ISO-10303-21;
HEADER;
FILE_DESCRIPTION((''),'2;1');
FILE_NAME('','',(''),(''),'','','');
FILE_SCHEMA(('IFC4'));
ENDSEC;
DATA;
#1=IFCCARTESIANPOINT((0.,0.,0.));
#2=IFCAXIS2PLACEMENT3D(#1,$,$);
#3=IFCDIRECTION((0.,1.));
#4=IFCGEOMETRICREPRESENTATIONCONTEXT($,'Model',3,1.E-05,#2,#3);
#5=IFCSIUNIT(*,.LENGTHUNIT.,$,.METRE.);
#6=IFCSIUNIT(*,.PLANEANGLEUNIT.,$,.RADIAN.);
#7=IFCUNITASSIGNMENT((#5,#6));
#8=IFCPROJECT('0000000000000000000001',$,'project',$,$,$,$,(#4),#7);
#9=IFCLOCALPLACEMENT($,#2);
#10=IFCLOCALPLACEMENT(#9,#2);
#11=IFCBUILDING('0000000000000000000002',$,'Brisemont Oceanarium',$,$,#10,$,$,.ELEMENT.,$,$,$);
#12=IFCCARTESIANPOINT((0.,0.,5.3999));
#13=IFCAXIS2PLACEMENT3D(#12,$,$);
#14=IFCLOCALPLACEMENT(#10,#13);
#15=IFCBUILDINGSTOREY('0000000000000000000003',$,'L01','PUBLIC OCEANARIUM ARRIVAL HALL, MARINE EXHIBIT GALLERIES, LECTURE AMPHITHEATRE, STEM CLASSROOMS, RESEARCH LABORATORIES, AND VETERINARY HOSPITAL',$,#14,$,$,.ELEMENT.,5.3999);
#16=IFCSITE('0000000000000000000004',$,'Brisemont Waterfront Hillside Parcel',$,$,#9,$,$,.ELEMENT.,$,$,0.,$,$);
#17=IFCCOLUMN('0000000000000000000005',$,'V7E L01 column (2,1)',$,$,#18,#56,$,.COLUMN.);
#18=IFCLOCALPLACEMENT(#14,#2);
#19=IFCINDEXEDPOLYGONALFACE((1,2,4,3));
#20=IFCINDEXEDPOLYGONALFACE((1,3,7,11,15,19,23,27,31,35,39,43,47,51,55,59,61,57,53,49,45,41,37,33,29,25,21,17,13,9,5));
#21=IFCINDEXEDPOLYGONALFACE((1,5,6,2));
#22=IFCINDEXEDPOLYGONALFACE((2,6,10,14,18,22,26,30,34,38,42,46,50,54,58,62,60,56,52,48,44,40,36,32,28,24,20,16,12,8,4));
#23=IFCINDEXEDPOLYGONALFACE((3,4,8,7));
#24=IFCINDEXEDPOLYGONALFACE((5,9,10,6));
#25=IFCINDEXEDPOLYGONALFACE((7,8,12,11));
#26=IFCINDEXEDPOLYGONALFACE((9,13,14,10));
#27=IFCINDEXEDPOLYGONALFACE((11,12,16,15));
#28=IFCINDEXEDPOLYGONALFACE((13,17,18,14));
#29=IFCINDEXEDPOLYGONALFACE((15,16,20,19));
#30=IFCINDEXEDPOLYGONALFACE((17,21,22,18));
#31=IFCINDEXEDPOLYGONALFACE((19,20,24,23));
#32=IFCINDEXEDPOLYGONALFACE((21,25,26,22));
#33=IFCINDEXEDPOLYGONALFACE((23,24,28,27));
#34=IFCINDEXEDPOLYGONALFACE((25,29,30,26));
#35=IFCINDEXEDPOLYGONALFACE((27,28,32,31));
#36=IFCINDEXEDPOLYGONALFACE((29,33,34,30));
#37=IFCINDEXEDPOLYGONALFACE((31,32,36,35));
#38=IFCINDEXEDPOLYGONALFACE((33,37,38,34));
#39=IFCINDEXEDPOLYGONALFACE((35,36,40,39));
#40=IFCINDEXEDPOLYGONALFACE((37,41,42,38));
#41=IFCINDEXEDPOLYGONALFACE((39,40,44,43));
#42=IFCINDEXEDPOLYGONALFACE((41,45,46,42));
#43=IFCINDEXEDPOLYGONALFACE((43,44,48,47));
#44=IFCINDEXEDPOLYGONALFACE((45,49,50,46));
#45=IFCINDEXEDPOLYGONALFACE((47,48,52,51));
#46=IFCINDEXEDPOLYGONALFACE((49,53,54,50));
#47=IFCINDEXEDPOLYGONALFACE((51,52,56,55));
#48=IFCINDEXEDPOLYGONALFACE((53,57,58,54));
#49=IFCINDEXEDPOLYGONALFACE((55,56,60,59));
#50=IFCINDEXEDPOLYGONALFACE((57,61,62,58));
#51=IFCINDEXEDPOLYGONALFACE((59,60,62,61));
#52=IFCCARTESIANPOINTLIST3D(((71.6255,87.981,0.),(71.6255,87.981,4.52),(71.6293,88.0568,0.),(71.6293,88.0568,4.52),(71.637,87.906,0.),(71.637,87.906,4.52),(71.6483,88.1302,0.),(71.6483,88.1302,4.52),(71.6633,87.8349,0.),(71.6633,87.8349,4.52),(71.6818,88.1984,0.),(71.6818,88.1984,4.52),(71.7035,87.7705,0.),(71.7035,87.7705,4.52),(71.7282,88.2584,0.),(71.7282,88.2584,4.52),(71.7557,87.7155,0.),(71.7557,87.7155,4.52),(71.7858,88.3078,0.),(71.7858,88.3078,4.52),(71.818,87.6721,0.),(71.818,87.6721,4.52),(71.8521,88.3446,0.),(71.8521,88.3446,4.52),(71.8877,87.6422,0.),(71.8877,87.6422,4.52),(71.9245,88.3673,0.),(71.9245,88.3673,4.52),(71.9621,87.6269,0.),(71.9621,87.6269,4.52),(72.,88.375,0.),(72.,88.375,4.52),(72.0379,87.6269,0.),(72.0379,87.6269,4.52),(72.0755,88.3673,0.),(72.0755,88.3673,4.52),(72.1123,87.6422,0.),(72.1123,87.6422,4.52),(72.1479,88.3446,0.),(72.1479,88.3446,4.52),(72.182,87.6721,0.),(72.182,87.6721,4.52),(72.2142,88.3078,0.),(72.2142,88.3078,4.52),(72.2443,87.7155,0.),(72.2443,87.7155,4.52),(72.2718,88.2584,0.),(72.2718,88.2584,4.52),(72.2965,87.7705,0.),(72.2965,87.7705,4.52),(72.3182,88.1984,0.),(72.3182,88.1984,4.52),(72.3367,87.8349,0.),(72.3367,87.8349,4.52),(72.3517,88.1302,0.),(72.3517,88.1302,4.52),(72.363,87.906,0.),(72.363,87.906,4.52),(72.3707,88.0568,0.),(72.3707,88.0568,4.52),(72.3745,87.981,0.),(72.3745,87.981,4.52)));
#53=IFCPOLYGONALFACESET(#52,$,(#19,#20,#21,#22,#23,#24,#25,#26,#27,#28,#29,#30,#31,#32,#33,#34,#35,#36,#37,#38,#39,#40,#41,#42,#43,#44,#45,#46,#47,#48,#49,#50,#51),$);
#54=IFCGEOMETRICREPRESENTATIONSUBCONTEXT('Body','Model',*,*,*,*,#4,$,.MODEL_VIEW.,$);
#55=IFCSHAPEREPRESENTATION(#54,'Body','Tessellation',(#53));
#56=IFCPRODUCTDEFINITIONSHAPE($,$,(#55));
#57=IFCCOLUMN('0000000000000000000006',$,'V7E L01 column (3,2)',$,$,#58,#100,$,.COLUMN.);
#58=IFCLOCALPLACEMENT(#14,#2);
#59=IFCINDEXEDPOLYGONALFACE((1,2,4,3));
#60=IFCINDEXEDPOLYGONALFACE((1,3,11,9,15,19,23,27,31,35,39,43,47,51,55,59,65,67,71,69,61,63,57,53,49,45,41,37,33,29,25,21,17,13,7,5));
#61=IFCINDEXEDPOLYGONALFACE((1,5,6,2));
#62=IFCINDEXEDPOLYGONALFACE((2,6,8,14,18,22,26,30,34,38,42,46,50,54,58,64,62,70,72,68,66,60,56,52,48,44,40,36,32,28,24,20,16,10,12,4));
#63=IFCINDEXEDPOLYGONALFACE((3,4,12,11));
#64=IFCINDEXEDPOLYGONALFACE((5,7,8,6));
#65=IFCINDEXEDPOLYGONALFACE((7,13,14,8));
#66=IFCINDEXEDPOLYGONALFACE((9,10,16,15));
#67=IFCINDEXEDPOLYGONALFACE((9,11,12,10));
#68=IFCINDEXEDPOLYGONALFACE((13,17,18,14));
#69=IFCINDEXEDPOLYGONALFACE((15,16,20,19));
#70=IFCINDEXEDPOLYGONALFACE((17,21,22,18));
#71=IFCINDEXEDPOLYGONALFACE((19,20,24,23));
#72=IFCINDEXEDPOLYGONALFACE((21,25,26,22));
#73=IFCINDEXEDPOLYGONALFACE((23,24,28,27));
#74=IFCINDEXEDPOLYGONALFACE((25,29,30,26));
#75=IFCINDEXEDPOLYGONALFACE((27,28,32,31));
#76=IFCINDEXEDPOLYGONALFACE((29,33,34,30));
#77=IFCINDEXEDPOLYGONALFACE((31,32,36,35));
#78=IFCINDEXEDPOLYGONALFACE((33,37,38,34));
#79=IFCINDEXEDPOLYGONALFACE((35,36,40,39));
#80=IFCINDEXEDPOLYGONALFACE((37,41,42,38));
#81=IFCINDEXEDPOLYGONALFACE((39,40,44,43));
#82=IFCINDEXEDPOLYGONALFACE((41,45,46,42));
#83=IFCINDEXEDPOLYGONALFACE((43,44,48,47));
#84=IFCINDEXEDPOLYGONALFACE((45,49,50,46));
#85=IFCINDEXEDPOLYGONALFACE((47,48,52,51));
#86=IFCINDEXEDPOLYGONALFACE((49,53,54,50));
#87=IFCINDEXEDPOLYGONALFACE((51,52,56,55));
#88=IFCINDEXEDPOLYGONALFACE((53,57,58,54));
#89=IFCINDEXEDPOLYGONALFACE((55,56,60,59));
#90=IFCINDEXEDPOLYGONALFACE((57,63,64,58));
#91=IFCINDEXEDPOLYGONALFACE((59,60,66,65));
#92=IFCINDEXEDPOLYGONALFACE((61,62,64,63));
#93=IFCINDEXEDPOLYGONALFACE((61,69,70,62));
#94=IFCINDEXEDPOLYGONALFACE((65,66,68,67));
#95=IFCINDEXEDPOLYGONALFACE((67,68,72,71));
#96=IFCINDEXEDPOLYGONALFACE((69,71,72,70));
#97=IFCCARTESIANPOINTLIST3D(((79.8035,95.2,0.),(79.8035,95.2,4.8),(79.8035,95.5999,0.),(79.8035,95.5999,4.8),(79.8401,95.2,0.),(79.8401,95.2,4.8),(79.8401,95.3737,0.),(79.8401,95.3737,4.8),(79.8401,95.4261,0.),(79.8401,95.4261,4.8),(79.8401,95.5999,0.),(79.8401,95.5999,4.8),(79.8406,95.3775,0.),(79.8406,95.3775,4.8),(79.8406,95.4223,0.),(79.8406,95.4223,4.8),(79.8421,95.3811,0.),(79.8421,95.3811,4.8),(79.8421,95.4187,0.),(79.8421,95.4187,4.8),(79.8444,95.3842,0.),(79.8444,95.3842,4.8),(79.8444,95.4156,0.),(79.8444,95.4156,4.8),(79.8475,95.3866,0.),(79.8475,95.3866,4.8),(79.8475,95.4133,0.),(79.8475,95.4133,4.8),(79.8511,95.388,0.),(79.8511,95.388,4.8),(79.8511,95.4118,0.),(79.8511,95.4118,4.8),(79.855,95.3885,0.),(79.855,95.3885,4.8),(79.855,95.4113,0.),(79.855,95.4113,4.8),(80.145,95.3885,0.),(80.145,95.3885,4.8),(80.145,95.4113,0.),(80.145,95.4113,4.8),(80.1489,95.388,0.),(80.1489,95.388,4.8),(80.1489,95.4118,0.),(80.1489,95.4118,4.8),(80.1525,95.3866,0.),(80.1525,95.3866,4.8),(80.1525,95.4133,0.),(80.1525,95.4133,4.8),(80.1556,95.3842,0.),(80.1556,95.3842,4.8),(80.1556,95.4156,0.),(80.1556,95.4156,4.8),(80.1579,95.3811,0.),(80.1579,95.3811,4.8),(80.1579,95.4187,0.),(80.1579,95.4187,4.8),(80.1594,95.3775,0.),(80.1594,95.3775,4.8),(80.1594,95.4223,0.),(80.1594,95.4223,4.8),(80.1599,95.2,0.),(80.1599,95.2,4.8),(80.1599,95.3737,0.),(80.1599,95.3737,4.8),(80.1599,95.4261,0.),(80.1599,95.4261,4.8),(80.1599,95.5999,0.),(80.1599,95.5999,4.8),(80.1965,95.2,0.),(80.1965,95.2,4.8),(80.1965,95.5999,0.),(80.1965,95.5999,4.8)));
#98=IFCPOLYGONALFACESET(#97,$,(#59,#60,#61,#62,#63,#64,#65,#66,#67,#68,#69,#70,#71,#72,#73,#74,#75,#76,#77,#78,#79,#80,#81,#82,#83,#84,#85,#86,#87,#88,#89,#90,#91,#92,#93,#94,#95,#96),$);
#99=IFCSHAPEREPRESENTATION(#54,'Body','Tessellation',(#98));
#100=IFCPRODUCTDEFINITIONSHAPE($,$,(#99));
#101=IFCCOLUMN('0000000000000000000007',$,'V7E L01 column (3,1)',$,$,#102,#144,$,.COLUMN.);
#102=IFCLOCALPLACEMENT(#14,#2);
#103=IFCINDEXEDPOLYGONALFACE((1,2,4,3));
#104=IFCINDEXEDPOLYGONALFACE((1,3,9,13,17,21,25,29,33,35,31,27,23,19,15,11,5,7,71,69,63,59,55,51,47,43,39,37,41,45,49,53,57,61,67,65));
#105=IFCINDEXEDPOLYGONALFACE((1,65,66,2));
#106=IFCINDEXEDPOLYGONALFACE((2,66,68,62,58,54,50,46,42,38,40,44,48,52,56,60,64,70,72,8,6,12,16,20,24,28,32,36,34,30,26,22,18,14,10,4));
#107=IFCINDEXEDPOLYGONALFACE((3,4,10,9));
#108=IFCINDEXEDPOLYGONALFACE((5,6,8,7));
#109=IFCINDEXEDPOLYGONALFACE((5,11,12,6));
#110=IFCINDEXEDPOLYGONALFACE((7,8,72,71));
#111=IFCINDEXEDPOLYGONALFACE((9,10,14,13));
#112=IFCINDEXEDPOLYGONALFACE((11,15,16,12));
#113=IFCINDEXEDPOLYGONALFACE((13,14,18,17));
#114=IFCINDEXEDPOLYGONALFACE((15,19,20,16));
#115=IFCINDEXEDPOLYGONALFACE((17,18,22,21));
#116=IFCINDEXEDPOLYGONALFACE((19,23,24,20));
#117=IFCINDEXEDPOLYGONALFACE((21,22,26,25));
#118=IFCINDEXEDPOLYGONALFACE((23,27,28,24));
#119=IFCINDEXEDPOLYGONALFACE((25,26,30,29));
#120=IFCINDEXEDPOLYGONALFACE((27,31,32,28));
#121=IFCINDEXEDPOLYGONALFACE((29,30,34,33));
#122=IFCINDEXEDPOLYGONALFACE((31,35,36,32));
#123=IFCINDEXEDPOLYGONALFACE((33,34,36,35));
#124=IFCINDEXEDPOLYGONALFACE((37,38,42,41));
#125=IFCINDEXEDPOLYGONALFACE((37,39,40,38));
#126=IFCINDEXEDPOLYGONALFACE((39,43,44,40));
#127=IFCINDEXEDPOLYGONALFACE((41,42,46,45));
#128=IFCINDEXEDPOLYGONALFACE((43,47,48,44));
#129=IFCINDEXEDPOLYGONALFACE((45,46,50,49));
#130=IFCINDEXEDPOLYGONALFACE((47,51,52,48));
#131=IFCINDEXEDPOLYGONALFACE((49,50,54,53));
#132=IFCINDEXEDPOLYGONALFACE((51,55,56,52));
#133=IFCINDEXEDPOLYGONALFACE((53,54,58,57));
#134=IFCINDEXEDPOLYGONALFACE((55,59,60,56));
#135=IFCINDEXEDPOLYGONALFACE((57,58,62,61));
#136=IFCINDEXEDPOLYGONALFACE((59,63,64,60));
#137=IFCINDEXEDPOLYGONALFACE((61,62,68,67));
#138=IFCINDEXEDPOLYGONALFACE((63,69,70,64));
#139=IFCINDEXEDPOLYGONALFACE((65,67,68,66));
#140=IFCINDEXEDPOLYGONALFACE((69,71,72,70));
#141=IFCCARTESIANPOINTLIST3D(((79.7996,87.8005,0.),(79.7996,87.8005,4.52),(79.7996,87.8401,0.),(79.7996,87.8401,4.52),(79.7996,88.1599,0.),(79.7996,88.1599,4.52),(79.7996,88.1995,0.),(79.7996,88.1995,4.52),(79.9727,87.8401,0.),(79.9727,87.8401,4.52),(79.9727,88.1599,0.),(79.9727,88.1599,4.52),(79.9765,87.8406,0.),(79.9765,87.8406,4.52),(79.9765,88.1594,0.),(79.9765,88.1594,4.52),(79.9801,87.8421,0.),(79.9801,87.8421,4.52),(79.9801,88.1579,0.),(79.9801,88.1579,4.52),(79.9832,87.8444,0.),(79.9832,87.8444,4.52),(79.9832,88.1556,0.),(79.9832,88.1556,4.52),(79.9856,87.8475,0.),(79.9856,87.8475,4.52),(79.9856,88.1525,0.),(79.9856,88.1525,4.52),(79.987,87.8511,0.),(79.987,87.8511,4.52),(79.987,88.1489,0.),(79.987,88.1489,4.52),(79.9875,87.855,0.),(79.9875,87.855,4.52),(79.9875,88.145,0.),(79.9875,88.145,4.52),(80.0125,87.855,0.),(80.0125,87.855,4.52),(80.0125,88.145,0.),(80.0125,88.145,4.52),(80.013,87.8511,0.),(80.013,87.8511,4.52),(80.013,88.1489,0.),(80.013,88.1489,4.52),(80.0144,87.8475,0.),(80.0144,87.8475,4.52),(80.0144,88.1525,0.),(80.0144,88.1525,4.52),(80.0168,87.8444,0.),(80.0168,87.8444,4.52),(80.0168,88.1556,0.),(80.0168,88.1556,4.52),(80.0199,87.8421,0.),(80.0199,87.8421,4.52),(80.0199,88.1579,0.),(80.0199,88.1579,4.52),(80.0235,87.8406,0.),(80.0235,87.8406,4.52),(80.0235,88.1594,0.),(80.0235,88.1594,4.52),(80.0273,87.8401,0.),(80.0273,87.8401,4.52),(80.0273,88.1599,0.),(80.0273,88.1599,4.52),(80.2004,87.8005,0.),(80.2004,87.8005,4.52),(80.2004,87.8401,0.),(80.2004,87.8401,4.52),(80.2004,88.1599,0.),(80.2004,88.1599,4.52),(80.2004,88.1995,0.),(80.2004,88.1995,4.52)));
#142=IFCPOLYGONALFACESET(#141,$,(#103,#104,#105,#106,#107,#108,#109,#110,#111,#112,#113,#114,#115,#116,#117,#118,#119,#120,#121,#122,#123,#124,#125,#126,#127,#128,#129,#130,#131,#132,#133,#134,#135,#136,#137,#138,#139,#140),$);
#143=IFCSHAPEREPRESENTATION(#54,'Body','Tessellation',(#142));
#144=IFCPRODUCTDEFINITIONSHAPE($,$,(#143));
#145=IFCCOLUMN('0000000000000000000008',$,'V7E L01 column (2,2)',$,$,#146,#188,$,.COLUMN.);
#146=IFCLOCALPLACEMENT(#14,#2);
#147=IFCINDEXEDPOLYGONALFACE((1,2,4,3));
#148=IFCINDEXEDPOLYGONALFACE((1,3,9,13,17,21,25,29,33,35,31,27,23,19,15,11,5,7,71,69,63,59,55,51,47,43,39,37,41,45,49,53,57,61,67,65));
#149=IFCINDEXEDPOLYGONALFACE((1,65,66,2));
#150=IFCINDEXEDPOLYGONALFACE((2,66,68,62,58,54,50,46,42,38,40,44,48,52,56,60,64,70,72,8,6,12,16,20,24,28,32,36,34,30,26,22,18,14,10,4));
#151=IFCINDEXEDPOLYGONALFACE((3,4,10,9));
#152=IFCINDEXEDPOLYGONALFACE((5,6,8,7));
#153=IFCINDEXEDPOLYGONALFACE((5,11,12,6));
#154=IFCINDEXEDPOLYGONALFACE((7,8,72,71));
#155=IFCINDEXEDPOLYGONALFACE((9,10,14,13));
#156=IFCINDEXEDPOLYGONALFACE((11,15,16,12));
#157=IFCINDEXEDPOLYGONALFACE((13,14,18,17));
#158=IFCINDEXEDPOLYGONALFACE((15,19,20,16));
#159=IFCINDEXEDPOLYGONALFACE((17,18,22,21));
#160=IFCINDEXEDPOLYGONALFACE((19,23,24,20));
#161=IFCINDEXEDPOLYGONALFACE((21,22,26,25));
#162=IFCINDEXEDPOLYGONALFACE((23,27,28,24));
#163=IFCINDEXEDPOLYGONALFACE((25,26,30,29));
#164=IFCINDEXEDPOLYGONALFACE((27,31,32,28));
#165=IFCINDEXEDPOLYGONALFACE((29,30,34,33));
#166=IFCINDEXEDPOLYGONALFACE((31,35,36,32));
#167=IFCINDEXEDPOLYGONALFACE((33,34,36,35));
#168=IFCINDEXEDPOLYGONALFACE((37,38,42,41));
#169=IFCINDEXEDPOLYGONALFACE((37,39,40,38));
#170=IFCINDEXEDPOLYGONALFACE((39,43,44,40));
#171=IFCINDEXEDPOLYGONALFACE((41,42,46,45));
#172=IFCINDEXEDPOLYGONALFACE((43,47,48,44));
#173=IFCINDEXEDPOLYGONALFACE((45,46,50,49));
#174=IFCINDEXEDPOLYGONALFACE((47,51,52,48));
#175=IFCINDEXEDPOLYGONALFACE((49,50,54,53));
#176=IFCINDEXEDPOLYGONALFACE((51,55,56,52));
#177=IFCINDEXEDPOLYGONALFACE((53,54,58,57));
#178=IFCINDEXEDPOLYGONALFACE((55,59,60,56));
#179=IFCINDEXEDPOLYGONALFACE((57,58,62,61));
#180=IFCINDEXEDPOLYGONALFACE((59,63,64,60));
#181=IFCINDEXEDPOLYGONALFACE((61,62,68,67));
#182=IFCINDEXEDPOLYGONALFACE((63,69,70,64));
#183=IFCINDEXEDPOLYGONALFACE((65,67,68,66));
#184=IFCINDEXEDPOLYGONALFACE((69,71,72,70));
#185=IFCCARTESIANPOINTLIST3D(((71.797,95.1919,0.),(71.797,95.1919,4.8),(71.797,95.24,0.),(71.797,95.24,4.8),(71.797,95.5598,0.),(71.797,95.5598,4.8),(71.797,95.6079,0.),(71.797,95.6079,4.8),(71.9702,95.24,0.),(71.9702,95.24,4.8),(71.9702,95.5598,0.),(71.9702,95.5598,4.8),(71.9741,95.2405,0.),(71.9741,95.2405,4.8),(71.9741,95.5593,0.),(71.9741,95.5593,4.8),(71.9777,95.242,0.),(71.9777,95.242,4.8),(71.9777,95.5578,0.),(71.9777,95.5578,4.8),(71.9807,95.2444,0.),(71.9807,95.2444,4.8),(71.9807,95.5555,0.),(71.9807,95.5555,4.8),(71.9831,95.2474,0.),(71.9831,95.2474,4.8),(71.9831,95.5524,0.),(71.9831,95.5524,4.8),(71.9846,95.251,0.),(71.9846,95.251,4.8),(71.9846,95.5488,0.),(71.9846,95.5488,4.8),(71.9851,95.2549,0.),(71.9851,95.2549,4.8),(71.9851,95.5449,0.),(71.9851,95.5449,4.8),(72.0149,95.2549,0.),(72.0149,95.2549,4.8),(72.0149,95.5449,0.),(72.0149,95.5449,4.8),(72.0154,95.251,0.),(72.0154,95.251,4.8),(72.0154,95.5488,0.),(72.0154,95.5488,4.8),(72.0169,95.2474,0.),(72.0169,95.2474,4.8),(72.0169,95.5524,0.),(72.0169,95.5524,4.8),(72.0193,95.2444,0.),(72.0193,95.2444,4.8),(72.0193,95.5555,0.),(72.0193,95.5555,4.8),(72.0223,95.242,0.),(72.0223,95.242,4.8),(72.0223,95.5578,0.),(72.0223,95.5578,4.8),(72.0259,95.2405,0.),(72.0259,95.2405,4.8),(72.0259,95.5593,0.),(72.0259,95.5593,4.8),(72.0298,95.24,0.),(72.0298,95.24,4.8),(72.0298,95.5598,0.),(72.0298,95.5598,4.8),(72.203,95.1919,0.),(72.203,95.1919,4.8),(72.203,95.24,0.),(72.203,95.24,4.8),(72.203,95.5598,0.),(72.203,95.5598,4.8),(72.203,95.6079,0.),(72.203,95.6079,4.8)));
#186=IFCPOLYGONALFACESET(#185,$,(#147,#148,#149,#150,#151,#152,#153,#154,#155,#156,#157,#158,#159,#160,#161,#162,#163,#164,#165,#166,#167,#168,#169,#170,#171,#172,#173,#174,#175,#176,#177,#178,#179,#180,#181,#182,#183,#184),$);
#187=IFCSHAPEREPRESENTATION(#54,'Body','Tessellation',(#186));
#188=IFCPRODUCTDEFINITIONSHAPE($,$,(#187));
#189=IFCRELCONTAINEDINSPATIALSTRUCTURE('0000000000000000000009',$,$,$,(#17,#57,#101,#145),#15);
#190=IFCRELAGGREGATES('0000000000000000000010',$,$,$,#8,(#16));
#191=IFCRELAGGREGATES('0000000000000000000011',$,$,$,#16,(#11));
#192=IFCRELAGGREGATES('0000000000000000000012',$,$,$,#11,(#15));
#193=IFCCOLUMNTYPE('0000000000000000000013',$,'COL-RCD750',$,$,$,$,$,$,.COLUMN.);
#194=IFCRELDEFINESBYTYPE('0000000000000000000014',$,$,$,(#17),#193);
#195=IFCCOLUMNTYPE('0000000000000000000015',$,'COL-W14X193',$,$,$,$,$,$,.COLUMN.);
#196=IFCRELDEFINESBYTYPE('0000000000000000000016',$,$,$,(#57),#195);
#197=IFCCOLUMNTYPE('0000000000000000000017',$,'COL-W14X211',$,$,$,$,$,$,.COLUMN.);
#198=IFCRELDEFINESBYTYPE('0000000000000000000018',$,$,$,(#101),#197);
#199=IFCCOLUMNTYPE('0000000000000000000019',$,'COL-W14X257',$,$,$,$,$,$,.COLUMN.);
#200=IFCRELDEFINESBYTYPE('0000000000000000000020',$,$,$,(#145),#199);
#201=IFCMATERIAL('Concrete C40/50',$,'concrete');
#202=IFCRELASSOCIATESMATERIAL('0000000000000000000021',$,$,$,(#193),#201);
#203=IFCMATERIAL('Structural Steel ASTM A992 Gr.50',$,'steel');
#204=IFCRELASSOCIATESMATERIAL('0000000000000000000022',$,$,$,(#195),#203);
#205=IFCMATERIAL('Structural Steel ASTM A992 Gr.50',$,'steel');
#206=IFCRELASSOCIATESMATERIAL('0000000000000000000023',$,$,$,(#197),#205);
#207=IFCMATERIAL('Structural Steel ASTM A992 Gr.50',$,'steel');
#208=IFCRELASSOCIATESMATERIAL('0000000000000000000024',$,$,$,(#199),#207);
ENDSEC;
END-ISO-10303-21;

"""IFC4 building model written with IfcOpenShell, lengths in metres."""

from ifc_helpers import new_model, si_unit, direction, frame, origin, origin_2d, place, context, subcontext, project, spatial, circle, i_section, extrude, material, material_profile, profile_set, type_object, element, save


model = new_model("IFC4")

# Units and contexts
model_context = context("Model", 3, precision=1e-05, world=origin(), true_north=direction((0.0, 1.0)))
body_context = subcontext(model_context, "Body", "Model", "MODEL_VIEW")
ifc_project = project(units=[si_unit("LENGTHUNIT", "METRE"), si_unit("PLANEANGLEUNIT", "RADIAN")], contexts=[model_context])

# Site, building, storey
site_placement = place(None, origin())
site = spatial("IfcSite", under=ifc_project, at=site_placement, Name="Brisemont Waterfront Hillside Parcel", CompositionType="ELEMENT", RefElevation=0.0)
building_placement = place(site_placement, origin())
building = spatial("IfcBuilding", under=site, at=building_placement, Name="Brisemont Oceanarium", CompositionType="ELEMENT")
storey_placement = place(building_placement, frame((0.0, 0.0, 5.3999)))
storey = spatial("IfcBuildingStorey", under=building, at=storey_placement, Name="L01", Description="PUBLIC OCEANARIUM ARRIVAL HALL, MARINE EXHIBIT GALLERIES, LECTURE AMPHITHEATRE, STEM CLASSROOMS, RESEARCH LABORATORIES, AND VETERINARY HOSPITAL", CompositionType="ELEMENT", Elevation=5.3999)

# Columns
ifc_material_1 = material(Name="Concrete C40/50", Category="concrete")
ifc_material_profile_1 = material_profile(ifc_material_1, circle(Radius=0.375, at=origin_2d()), Name="RC-COL-D750")
ifc_profile_set_1 = profile_set([ifc_material_profile_1], Name="Concrete C40/50")
column_type_1 = type_object("IfcColumnType", Name="COL-RCD750", PredefinedType="COLUMN", material=ifc_profile_set_1)
column_1_placement = place(storey_placement, frame((72.0, 88.0, 0.0), z_axis=(0.0, 0.0, 1.0), x_axis=(0.0, 1.0, 0.0)))
element("IfcColumn", 1, at=column_1_placement, inside=storey, type_object=column_type_1, Name="V7E L01 column (2,1)", PredefinedType="COLUMN", context=body_context, shape_type="SweptSolid", body=[
    extrude(circle(Radius=0.375, at=origin_2d()), origin(), (0.0, 0.0, 1.0), 4.52),
])
ifc_material_2 = material(Name="Structural Steel ASTM A992 Gr.50", Category="steel")
ifc_material_profile_2 = material_profile(ifc_material_2, i_section(OverallWidth=0.3999, OverallDepth=0.3931, WebThickness=0.0227, FlangeThickness=0.0366, FilletRadius=0.0149, at=origin_2d()), Name="W14X193")
ifc_profile_set_2 = profile_set([ifc_material_profile_2], Name="Structural Steel ASTM A992 Gr.50")
column_type_2 = type_object("IfcColumnType", Name="COL-W14X193", PredefinedType="COLUMN", material=ifc_profile_set_2)
column_2_placement = place(storey_placement, frame((80.0, 95.3999, 0.0), z_axis=(0.0, 0.0, 1.0), x_axis=(0.0, 1.0, 0.0)))
element("IfcColumn", 2, at=column_2_placement, inside=storey, type_object=column_type_2, Name="V7E L01 column (3,2)", PredefinedType="COLUMN", context=body_context, shape_type="SweptSolid", body=[
    extrude(i_section(OverallWidth=0.3999, OverallDepth=0.3931, WebThickness=0.0227, FlangeThickness=0.0366, FilletRadius=0.0149, at=origin_2d()), origin(), (0.0, 0.0, 1.0), 4.8),
])
ifc_material_3 = material(Name="Structural Steel ASTM A992 Gr.50", Category="steel")
ifc_material_profile_3 = material_profile(ifc_material_3, i_section(OverallWidth=0.4009, OverallDepth=0.3989, WebThickness=0.0249, FlangeThickness=0.0396, FilletRadius=0.0149, at=origin_2d()), Name="W14X211")
ifc_profile_set_3 = profile_set([ifc_material_profile_3], Name="Structural Steel ASTM A992 Gr.50")
column_type_3 = type_object("IfcColumnType", Name="COL-W14X211", PredefinedType="COLUMN", material=ifc_profile_set_3)
column_3_placement = place(storey_placement, frame((80.0, 88.0, 0.0), z_axis=(0.0, 0.0, 1.0), x_axis=(1.0, 0.0, 0.0)))
element("IfcColumn", 3, at=column_3_placement, inside=storey, type_object=column_type_3, Name="V7E L01 column (3,1)", PredefinedType="COLUMN", context=body_context, shape_type="SweptSolid", body=[
    extrude(i_section(OverallWidth=0.4009, OverallDepth=0.3989, WebThickness=0.0249, FlangeThickness=0.0396, FilletRadius=0.0149, at=origin_2d()), origin(), (0.0, 0.0, 1.0), 4.52),
])
ifc_material_4 = material(Name="Structural Steel ASTM A992 Gr.50", Category="steel")
ifc_material_profile_4 = material_profile(ifc_material_4, i_section(OverallWidth=0.406, OverallDepth=0.416, WebThickness=0.0298, FlangeThickness=0.0481, FilletRadius=0.0149, at=origin_2d()), Name="W14X257")
ifc_profile_set_4 = profile_set([ifc_material_profile_4], Name="Structural Steel ASTM A992 Gr.50")
column_type_4 = type_object("IfcColumnType", Name="COL-W14X257", PredefinedType="COLUMN", material=ifc_profile_set_4)
column_4_placement = place(storey_placement, frame((72.0, 95.3999, 0.0), z_axis=(0.0, 0.0, 1.0), x_axis=(1.0, 0.0, 0.0)))
element("IfcColumn", 4, at=column_4_placement, inside=storey, type_object=column_type_4, Name="V7E L01 column (2,2)", PredefinedType="COLUMN", context=body_context, shape_type="SweptSolid", body=[
    extrude(i_section(OverallWidth=0.406, OverallDepth=0.416, WebThickness=0.0298, FlangeThickness=0.0481, FilletRadius=0.0149, at=origin_2d()), origin(), (0.0, 0.0, 1.0), 4.8),
])

save(model, "model.ifc")
